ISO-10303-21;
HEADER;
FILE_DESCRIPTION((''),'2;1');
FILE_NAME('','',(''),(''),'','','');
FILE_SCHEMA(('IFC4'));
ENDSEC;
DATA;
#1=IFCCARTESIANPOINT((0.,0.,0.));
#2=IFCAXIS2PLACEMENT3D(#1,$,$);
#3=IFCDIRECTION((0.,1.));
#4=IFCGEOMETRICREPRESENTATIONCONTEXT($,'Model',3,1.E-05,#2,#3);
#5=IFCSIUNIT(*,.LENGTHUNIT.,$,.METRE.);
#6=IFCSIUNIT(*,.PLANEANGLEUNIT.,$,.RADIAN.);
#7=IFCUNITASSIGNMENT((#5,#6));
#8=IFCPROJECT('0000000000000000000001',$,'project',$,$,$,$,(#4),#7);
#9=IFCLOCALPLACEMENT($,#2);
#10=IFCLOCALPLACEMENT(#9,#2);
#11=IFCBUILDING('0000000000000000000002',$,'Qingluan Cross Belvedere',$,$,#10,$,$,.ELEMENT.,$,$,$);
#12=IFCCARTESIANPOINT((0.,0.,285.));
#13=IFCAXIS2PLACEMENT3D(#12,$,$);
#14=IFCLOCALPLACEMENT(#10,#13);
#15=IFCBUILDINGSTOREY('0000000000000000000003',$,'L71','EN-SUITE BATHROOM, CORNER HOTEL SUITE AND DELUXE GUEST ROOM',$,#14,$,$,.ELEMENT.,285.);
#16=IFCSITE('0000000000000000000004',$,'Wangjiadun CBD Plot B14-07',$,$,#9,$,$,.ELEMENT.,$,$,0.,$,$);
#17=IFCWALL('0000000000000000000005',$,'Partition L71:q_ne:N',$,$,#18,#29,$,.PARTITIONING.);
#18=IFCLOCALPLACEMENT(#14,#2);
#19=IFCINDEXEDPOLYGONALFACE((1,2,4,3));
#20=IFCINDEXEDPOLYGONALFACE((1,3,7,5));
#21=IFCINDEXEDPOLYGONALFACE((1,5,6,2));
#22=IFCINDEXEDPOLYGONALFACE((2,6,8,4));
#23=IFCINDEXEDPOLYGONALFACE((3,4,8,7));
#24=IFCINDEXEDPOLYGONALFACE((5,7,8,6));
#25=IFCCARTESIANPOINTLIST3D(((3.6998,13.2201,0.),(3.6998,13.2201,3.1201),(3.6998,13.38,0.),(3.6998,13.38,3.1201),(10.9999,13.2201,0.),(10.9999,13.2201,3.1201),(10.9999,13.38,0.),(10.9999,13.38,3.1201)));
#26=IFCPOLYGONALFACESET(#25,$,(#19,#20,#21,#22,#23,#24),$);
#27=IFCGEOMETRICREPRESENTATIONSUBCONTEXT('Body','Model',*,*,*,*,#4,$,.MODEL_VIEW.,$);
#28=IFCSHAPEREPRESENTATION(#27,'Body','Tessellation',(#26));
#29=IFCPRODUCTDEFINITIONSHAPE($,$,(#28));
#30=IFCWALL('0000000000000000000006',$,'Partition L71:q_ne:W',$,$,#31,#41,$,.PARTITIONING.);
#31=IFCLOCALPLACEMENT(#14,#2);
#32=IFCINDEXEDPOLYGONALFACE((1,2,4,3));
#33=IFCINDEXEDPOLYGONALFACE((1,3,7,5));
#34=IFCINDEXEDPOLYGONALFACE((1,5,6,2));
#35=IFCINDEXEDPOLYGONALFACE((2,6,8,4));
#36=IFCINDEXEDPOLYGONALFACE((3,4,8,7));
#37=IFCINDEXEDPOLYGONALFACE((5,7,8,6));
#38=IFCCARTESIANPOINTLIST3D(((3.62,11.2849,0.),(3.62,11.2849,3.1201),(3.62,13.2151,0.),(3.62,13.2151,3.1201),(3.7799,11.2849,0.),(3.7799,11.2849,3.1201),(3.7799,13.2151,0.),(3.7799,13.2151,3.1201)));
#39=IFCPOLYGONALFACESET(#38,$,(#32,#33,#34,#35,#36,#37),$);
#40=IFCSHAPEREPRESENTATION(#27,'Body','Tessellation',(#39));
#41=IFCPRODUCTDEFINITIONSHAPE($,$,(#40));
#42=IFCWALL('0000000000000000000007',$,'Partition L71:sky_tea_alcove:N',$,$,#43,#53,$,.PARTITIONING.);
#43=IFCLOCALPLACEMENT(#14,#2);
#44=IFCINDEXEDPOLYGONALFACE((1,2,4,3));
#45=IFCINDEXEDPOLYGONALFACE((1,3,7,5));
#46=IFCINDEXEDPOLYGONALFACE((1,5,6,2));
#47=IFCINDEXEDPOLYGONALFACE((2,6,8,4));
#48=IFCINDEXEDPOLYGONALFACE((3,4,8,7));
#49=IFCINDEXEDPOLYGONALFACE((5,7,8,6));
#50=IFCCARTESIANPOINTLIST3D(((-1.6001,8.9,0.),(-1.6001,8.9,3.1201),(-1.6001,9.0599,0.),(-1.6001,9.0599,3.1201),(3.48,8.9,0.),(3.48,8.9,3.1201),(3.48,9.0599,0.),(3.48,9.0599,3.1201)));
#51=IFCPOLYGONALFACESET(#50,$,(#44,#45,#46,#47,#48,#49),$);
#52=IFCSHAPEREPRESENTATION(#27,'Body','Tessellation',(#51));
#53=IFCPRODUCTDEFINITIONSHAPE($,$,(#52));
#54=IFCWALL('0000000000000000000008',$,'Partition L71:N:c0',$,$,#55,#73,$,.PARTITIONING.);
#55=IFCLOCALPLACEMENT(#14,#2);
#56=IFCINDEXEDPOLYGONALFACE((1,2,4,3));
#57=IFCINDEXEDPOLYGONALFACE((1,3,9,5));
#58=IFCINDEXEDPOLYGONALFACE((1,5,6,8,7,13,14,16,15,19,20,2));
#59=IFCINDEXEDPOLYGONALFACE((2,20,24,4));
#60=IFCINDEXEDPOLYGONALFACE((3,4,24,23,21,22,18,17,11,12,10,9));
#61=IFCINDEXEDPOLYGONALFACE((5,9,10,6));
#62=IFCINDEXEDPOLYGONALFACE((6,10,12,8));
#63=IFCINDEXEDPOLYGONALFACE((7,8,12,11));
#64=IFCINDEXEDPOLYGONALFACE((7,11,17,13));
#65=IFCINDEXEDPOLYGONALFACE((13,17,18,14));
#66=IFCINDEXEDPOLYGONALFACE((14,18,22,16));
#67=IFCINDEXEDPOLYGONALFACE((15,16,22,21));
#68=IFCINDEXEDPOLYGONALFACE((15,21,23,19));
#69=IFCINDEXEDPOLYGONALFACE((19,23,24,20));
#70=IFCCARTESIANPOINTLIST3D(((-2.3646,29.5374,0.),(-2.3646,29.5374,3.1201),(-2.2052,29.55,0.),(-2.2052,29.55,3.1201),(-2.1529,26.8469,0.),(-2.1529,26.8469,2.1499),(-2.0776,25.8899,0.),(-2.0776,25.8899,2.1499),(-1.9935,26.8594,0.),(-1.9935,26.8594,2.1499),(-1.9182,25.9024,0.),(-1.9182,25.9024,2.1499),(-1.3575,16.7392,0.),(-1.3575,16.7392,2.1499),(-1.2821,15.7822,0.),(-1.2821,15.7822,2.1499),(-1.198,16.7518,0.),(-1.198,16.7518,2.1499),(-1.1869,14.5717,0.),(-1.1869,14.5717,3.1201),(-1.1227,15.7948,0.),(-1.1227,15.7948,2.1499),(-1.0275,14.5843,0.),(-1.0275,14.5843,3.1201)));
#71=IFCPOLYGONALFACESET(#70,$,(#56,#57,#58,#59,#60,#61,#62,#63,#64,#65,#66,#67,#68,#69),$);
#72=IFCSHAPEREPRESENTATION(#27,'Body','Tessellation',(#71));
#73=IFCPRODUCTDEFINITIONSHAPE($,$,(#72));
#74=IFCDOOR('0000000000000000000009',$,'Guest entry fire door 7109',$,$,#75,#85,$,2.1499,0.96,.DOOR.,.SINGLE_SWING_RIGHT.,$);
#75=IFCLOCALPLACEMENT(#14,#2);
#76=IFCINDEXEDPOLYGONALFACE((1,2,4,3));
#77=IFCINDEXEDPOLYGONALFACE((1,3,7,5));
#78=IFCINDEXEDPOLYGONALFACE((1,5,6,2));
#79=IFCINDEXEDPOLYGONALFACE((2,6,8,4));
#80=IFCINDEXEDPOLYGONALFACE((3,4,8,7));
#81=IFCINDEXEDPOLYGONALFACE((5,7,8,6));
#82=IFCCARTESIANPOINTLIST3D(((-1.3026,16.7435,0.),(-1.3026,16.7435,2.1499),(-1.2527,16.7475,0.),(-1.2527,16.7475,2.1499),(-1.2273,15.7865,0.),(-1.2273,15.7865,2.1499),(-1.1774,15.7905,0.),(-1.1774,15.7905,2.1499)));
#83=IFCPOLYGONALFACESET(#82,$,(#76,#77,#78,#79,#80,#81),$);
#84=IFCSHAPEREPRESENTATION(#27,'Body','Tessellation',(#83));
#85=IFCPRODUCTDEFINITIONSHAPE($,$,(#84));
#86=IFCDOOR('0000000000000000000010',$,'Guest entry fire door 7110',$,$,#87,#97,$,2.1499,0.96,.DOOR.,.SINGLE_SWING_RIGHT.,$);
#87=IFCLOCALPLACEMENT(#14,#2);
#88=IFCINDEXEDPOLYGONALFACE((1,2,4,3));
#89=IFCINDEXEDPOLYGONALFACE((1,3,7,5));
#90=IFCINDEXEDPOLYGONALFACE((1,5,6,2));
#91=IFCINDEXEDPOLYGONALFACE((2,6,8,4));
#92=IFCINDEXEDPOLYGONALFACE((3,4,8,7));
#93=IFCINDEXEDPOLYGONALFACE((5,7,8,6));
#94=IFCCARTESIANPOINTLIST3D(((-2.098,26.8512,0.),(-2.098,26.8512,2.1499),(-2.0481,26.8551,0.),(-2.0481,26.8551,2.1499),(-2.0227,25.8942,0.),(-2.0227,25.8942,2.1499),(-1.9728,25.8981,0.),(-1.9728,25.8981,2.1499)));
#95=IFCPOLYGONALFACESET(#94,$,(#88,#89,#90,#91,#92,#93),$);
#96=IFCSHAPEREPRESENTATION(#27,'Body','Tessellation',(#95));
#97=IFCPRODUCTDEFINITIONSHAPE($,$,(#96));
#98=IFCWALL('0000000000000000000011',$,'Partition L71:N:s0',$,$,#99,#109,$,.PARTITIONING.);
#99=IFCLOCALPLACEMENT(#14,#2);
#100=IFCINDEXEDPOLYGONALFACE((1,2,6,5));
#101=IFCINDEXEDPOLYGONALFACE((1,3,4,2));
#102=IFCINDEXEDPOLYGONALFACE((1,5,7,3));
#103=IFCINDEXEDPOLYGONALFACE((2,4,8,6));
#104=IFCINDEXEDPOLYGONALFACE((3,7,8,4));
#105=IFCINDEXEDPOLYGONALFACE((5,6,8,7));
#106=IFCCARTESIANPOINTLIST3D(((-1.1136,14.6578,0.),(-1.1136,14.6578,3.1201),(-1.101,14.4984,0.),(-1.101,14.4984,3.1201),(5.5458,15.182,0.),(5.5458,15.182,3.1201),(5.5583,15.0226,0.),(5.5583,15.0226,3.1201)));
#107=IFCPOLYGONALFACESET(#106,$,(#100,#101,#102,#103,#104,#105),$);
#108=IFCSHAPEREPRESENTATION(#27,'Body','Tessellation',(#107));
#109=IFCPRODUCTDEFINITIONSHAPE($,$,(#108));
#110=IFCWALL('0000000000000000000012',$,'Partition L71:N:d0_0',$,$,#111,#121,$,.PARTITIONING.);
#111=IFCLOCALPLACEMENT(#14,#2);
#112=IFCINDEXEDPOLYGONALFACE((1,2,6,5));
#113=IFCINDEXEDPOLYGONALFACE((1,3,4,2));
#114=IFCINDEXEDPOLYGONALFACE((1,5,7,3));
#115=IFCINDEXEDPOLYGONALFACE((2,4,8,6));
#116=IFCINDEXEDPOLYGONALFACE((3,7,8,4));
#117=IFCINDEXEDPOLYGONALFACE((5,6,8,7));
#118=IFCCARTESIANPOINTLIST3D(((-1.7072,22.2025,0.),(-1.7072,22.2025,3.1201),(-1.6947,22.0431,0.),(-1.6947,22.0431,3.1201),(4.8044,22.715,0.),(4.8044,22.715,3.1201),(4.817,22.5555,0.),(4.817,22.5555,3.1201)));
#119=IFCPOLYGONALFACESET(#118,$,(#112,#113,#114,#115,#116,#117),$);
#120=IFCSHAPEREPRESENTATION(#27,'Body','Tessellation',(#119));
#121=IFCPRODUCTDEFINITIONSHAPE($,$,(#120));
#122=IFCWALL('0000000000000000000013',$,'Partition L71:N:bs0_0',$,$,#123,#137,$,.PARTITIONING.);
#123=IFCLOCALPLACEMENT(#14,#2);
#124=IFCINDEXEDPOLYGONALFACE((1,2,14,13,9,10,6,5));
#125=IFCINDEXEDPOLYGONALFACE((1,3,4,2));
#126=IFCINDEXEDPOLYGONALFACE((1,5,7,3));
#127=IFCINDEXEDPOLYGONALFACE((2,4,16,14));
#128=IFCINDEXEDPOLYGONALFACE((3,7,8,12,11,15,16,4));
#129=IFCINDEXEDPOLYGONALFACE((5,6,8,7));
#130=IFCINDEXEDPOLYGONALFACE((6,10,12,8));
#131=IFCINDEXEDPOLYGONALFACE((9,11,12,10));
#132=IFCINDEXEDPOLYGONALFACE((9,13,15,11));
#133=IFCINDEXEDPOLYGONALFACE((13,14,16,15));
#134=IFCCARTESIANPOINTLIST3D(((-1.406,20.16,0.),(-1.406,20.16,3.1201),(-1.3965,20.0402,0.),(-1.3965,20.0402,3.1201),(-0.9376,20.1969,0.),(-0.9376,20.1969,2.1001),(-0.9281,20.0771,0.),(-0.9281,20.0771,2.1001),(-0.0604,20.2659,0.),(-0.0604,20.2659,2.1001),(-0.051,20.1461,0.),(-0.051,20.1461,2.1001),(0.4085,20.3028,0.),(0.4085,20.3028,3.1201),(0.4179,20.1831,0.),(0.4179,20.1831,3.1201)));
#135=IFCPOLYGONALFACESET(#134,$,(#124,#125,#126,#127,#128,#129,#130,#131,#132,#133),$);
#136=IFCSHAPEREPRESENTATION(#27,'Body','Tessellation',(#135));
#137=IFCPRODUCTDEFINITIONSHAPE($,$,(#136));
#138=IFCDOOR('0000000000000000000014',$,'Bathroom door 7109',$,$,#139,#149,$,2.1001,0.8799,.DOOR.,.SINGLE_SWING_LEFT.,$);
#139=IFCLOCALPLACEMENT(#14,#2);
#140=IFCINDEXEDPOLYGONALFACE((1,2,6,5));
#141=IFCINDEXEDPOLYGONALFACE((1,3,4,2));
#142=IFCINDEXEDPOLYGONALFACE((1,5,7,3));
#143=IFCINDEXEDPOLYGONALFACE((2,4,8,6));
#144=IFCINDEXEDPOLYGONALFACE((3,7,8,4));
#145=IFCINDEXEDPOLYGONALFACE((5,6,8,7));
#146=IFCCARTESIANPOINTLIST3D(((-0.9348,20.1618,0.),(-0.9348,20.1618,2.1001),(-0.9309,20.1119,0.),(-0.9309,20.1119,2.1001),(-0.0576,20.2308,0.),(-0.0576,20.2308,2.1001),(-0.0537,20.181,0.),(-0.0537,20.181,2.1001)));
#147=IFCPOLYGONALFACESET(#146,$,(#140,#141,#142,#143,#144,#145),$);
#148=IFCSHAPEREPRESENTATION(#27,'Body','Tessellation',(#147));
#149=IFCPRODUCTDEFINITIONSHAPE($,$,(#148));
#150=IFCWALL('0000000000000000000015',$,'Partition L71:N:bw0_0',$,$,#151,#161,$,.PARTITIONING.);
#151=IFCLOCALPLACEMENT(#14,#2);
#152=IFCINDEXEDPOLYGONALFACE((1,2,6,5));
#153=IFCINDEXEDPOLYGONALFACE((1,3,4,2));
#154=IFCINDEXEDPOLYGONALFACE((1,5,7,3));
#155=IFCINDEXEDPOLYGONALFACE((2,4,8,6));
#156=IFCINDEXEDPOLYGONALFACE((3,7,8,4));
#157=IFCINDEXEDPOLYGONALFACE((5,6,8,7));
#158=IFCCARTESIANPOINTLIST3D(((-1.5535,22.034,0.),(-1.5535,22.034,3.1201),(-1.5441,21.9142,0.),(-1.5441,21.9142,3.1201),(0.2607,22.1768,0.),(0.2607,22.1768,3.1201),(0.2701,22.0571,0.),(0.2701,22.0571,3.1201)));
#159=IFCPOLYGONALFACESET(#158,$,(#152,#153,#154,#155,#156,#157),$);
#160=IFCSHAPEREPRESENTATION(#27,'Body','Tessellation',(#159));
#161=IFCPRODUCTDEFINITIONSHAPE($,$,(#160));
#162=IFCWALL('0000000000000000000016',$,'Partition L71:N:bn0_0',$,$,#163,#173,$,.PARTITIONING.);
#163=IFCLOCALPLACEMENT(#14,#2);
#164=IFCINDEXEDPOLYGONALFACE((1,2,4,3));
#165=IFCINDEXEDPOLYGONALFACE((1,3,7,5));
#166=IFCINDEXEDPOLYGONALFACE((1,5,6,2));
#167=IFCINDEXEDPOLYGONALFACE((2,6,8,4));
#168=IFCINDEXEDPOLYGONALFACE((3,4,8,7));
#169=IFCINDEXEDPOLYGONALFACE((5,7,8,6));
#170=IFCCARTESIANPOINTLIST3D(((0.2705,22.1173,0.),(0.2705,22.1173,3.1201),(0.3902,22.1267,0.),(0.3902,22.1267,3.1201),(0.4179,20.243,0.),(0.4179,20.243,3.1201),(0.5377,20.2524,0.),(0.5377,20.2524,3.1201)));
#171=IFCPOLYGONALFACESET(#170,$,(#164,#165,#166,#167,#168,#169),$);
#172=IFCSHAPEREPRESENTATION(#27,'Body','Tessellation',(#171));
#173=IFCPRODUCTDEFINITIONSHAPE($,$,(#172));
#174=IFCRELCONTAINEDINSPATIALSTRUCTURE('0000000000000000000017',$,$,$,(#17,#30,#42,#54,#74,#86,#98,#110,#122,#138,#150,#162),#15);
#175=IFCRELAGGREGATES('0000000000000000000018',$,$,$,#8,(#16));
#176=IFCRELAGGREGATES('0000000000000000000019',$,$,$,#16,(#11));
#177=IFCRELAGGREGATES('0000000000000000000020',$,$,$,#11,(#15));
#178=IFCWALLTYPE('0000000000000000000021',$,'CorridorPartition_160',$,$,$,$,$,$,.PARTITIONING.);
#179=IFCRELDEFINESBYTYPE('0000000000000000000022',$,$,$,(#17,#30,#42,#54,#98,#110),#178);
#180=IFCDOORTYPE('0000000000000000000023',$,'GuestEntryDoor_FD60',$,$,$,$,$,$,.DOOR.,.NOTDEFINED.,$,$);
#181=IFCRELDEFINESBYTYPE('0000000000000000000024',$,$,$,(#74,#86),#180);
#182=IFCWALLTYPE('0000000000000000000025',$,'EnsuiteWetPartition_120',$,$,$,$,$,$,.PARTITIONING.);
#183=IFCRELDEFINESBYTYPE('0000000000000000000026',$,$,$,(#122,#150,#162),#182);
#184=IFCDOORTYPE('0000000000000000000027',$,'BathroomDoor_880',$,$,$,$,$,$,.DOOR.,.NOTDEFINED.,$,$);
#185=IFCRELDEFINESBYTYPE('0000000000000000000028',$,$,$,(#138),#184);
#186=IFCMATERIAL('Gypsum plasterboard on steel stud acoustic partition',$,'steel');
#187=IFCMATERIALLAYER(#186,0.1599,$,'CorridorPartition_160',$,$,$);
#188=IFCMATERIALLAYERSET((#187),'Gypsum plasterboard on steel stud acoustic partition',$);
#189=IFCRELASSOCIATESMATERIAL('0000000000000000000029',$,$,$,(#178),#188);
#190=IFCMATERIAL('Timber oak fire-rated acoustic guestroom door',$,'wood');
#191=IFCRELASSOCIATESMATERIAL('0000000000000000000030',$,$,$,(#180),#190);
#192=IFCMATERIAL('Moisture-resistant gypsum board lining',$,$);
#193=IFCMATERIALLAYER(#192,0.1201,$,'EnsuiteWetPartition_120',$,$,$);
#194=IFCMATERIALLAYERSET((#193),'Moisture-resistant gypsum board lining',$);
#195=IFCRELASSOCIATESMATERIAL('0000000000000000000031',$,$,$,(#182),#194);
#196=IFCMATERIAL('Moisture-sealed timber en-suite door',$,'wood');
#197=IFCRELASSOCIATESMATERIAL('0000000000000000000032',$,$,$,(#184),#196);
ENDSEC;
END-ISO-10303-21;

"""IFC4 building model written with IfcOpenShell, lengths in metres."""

from ifc_helpers import new_model, si_unit, direction, frame, frame_2d, origin, place, context, subcontext, project, spatial, rectangle, extrude, material, layer, layer_set, type_object, element, fill, save


model = new_model("IFC4")

# Units and contexts
model_context = context("Model", 3, precision=1e-05, world=origin(), true_north=direction((0.0, 1.0)))
body_context = subcontext(model_context, "Body", "Model", "MODEL_VIEW")
ifc_project = project(units=[si_unit("LENGTHUNIT", "METRE"), si_unit("PLANEANGLEUNIT", "RADIAN")], contexts=[model_context])

# Site, building, storey
site_placement = place(None, origin())
site = spatial("IfcSite", under=ifc_project, at=site_placement, Name="Wangjiadun CBD Plot B14-07", CompositionType="ELEMENT", RefElevation=0.0)
building_placement = place(site_placement, origin())
building = spatial("IfcBuilding", under=site, at=building_placement, Name="Qingluan Cross Belvedere", CompositionType="ELEMENT")
storey_placement = place(building_placement, frame((0.0, 0.0, 285.0)))
storey = spatial("IfcBuildingStorey", under=building, at=storey_placement, Name="L71", Description="EN-SUITE BATHROOM, CORNER HOTEL SUITE AND DELUXE GUEST ROOM", CompositionType="ELEMENT", Elevation=285.0)

# Shared definitions
ifc_material_1 = material(Name="Gypsum plasterboard on steel stud acoustic partition", Category="steel")
ifc_layer_1 = layer(ifc_material_1, 0.1599, Name="CorridorPartition_160")
ifc_layer_set_1 = layer_set([ifc_layer_1], Name="Gypsum plasterboard on steel stud acoustic partition")
wall_type_1 = type_object("IfcWallType", Name="CorridorPartition_160", PredefinedType="PARTITIONING", material=ifc_layer_set_1)
ifc_material_2 = material(Name="Timber oak fire-rated acoustic guestroom door", Category="wood")
door_type_1 = type_object("IfcDoorType", Name="GuestEntryDoor_FD60", OperationType="NOTDEFINED", PredefinedType="DOOR", material=ifc_material_2)

# Walls
wall_1_placement = place(storey_placement, frame((3.7, 13.3, 0.0), z_axis=(0.0, 0.0, 1.0), x_axis=(1.0, 0.0, 0.0)))
element("IfcWall", 1, at=wall_1_placement, inside=storey, type_object=wall_type_1, Name="Partition L71:q_ne:N", PredefinedType="PARTITIONING", context=body_context, shape_type="SweptSolid", body=[
    extrude(rectangle(XDim=7.3, YDim=0.1599, at=frame_2d((3.6499, 0.0))), origin(), (0.0, 0.0, 1.0), 3.1201),
])
wall_2_placement = place(storey_placement, frame((3.7, 11.2849, 0.0), z_axis=(0.0, 0.0, 1.0), x_axis=(0.0, 1.0, 0.0)))
element("IfcWall", 2, at=wall_2_placement, inside=storey, type_object=wall_type_1, Name="Partition L71:q_ne:W", PredefinedType="PARTITIONING", context=body_context, shape_type="SweptSolid", body=[
    extrude(rectangle(XDim=1.9302, YDim=0.1599, at=frame_2d((0.9651, 0.0))), origin(), (0.0, 0.0, 1.0), 3.1201),
])
wall_3_placement = place(storey_placement, frame((-1.6001, 8.98, 0.0), z_axis=(0.0, 0.0, 1.0), x_axis=(1.0, 0.0, 0.0)))
element("IfcWall", 3, at=wall_3_placement, inside=storey, type_object=wall_type_1, Name="Partition L71:sky_tea_alcove:N", PredefinedType="PARTITIONING", context=body_context, shape_type="SweptSolid", body=[
    extrude(rectangle(XDim=5.0801, YDim=0.1599, at=frame_2d((2.54, 0.0))), origin(), (0.0, 0.0, 1.0), 3.1201),
])

# Wall, openings, doors
wall_4_placement = place(storey_placement, frame((-1.1072, 14.5781, 0.0), z_axis=(0.0, 0.0, 1.0), x_axis=(-0.078454, 0.996918, 0.0)))
wall_4 = element("IfcWall", 4, at=wall_4_placement, inside=storey, type_object=wall_type_1, Name="Partition L71:N:c0", PredefinedType="PARTITIONING", context=body_context, shape_type="SweptSolid", body=[
    extrude(rectangle(XDim=15.012, YDim=0.1599, at=frame_2d((7.5059, 0.0))), origin(), (0.0, 0.0, 1.0), 3.1201),
])
opening_1_placement = place(wall_4_placement, frame((1.2141, 0.0, 0.0)))
opening_1 = element("IfcOpeningElement", 5, at=opening_1_placement, cuts=wall_4, PredefinedType="OPENING", context=body_context, shape_type="SweptSolid", body=[
    extrude(rectangle(XDim=0.96, YDim=2.1499, at=frame_2d((0.48, 1.075))), frame((0.0, 0.0898, 0.0), z_axis=(0.0, -1.0, 0.0), x_axis=(1.0, 0.0, 0.0)), (0.0, 0.0, 1.0), 0.1799),
])
opening_2_placement = place(wall_4_placement, frame((11.353, 0.0, 0.0)))
opening_2 = element("IfcOpeningElement", 6, at=opening_2_placement, cuts=wall_4, PredefinedType="OPENING", context=body_context, shape_type="SweptSolid", body=[
    extrude(rectangle(XDim=0.96, YDim=2.1499, at=frame_2d((0.48, 1.075))), frame((0.0, 0.0898, 0.0), z_axis=(0.0, -1.0, 0.0), x_axis=(1.0, 0.0, 0.0)), (0.0, 0.0, 1.0), 0.1799),
])
door_1_placement = place(opening_1_placement, origin())
door_1 = element("IfcDoor", 7, at=door_1_placement, inside=storey, type_object=door_type_1, Name="Guest entry fire door 7109", OperationType="SINGLE_SWING_RIGHT", OverallHeight=2.1499, OverallWidth=0.96, PredefinedType="DOOR", context=body_context, shape_type="SweptSolid", body=[
    extrude(rectangle(XDim=0.96, YDim=2.1499, at=frame_2d((0.48, 1.075))), frame((0.0, 0.0249, 0.0), z_axis=(0.0, -1.0, 0.0), x_axis=(1.0, 0.0, 0.0)), (0.0, 0.0, 1.0), 0.05),
])
fill(opening_1, door_1)
door_2_placement = place(opening_2_placement, origin())
door_2 = element("IfcDoor", 8, at=door_2_placement, inside=storey, type_object=door_type_1, Name="Guest entry fire door 7110", OperationType="SINGLE_SWING_RIGHT", OverallHeight=2.1499, OverallWidth=0.96, PredefinedType="DOOR", context=body_context, shape_type="SweptSolid", body=[
    extrude(rectangle(XDim=0.96, YDim=2.1499, at=frame_2d((0.48, 1.075))), frame((0.0, 0.0249, 0.0), z_axis=(0.0, -1.0, 0.0), x_axis=(1.0, 0.0, 0.0)), (0.0, 0.0, 1.0), 0.05),
])
fill(opening_2, door_2)

# Walls
wall_5_placement = place(storey_placement, frame((-1.1072, 14.5781, 0.0), z_axis=(0.0, 0.0, 1.0), x_axis=(0.996917, 0.078468, 0.0)))
element("IfcWall", 9, at=wall_5_placement, inside=storey, type_object=wall_type_1, Name="Partition L71:N:s0", PredefinedType="PARTITIONING", context=body_context, shape_type="SweptSolid", body=[
    extrude(rectangle(XDim=6.6799, YDim=0.1599, at=frame_2d((3.3398, 0.0))), origin(), (0.0, 0.0, 1.0), 3.1201),
])
wall_6_placement = place(storey_placement, frame((-1.7009, 22.1228, 0.0), z_axis=(0.0, 0.0, 1.0), x_axis=(0.996918, 0.078454, 0.0)))
element("IfcWall", 10, at=wall_6_placement, inside=storey, type_object=wall_type_1, Name="Partition L71:N:d0_0", PredefinedType="PARTITIONING", context=body_context, shape_type="SweptSolid", body=[
    extrude(rectangle(XDim=6.5317, YDim=0.1599, at=frame_2d((3.2659, 0.0))), origin(), (0.0, 0.0, 1.0), 3.1201),
])

# Wall, opening, door
ifc_material_3 = material(Name="Moisture-resistant gypsum board lining")
ifc_layer_2 = layer(ifc_material_3, 0.1201, Name="EnsuiteWetPartition_120")
ifc_layer_set_2 = layer_set([ifc_layer_2], Name="Moisture-resistant gypsum board lining")
wall_type_2 = type_object("IfcWallType", Name="EnsuiteWetPartition_120", PredefinedType="PARTITIONING", material=ifc_layer_set_2)
wall_7_placement = place(storey_placement, frame((-1.4014, 20.1001, 0.0), z_axis=(0.0, 0.0, 1.0), x_axis=(0.996916, 0.078471, 0.0)))
wall_7 = element("IfcWall", 11, at=wall_7_placement, inside=storey, type_object=wall_type_2, Name="Partition L71:N:bs0_0", PredefinedType="PARTITIONING", context=body_context, shape_type="SweptSolid", body=[
    extrude(rectangle(XDim=1.8201, YDim=0.1201, at=frame_2d((0.9102, 0.0))), origin(), (0.0, 0.0, 1.0), 3.1201),
])
opening_3_placement = place(wall_7_placement, frame((0.47, 0.0, 0.0)))
opening_3 = element("IfcOpeningElement", 12, at=opening_3_placement, cuts=wall_7, PredefinedType="OPENING", context=body_context, shape_type="SweptSolid", body=[
    extrude(rectangle(XDim=0.8799, YDim=2.1001, at=frame_2d((0.4399, 1.05))), frame((0.0, 0.0701, 0.0), z_axis=(0.0, -1.0, 0.0), x_axis=(1.0, 0.0, 0.0)), (0.0, 0.0, 1.0), 0.1401),
])
ifc_material_4 = material(Name="Moisture-sealed timber en-suite door", Category="wood")
door_type_2 = type_object("IfcDoorType", Name="BathroomDoor_880", OperationType="NOTDEFINED", PredefinedType="DOOR", material=ifc_material_4)
door_3_placement = place(opening_3_placement, origin())
door_3 = element("IfcDoor", 13, at=door_3_placement, inside=storey, type_object=door_type_2, Name="Bathroom door 7109", OperationType="SINGLE_SWING_LEFT", OverallHeight=2.1001, OverallWidth=0.8799, PredefinedType="DOOR", context=body_context, shape_type="SweptSolid", body=[
    extrude(rectangle(XDim=0.8799, YDim=2.1001, at=frame_2d((0.4399, 1.05))), frame((0.0, 0.0249, 0.0), z_axis=(0.0, -1.0, 0.0), x_axis=(1.0, 0.0, 0.0)), (0.0, 0.0, 1.0), 0.05),
])
fill(opening_3, door_3)

# Walls
wall_8_placement = place(storey_placement, frame((-1.5488, 21.9741, 0.0), z_axis=(0.0, 0.0, 1.0), x_axis=(0.996916, 0.078481, 0.0)))
element("IfcWall", 14, at=wall_8_placement, inside=storey, type_object=wall_type_2, Name="Partition L71:N:bw0_0", PredefinedType="PARTITIONING", context=body_context, shape_type="SweptSolid", body=[
    extrude(rectangle(XDim=1.8198, YDim=0.1201, at=frame_2d((0.9099, 0.0))), origin(), (0.0, 0.0, 1.0), 3.1201),
])
wall_9_placement = place(storey_placement, frame((0.4778, 20.2478, 0.0), z_axis=(0.0, 0.0, 1.0), x_axis=(-0.078434, 0.996919, 0.0)))
element("IfcWall", 15, at=wall_9_placement, inside=storey, type_object=wall_type_2, Name="Partition L71:N:bn0_0", PredefinedType="PARTITIONING", context=body_context, shape_type="SweptSolid", body=[
    extrude(rectangle(XDim=1.8801, YDim=0.1201, at=frame_2d((0.9399, 0.0))), origin(), (0.0, 0.0, 1.0), 3.1201),
])

save(model, "model.ifc")
